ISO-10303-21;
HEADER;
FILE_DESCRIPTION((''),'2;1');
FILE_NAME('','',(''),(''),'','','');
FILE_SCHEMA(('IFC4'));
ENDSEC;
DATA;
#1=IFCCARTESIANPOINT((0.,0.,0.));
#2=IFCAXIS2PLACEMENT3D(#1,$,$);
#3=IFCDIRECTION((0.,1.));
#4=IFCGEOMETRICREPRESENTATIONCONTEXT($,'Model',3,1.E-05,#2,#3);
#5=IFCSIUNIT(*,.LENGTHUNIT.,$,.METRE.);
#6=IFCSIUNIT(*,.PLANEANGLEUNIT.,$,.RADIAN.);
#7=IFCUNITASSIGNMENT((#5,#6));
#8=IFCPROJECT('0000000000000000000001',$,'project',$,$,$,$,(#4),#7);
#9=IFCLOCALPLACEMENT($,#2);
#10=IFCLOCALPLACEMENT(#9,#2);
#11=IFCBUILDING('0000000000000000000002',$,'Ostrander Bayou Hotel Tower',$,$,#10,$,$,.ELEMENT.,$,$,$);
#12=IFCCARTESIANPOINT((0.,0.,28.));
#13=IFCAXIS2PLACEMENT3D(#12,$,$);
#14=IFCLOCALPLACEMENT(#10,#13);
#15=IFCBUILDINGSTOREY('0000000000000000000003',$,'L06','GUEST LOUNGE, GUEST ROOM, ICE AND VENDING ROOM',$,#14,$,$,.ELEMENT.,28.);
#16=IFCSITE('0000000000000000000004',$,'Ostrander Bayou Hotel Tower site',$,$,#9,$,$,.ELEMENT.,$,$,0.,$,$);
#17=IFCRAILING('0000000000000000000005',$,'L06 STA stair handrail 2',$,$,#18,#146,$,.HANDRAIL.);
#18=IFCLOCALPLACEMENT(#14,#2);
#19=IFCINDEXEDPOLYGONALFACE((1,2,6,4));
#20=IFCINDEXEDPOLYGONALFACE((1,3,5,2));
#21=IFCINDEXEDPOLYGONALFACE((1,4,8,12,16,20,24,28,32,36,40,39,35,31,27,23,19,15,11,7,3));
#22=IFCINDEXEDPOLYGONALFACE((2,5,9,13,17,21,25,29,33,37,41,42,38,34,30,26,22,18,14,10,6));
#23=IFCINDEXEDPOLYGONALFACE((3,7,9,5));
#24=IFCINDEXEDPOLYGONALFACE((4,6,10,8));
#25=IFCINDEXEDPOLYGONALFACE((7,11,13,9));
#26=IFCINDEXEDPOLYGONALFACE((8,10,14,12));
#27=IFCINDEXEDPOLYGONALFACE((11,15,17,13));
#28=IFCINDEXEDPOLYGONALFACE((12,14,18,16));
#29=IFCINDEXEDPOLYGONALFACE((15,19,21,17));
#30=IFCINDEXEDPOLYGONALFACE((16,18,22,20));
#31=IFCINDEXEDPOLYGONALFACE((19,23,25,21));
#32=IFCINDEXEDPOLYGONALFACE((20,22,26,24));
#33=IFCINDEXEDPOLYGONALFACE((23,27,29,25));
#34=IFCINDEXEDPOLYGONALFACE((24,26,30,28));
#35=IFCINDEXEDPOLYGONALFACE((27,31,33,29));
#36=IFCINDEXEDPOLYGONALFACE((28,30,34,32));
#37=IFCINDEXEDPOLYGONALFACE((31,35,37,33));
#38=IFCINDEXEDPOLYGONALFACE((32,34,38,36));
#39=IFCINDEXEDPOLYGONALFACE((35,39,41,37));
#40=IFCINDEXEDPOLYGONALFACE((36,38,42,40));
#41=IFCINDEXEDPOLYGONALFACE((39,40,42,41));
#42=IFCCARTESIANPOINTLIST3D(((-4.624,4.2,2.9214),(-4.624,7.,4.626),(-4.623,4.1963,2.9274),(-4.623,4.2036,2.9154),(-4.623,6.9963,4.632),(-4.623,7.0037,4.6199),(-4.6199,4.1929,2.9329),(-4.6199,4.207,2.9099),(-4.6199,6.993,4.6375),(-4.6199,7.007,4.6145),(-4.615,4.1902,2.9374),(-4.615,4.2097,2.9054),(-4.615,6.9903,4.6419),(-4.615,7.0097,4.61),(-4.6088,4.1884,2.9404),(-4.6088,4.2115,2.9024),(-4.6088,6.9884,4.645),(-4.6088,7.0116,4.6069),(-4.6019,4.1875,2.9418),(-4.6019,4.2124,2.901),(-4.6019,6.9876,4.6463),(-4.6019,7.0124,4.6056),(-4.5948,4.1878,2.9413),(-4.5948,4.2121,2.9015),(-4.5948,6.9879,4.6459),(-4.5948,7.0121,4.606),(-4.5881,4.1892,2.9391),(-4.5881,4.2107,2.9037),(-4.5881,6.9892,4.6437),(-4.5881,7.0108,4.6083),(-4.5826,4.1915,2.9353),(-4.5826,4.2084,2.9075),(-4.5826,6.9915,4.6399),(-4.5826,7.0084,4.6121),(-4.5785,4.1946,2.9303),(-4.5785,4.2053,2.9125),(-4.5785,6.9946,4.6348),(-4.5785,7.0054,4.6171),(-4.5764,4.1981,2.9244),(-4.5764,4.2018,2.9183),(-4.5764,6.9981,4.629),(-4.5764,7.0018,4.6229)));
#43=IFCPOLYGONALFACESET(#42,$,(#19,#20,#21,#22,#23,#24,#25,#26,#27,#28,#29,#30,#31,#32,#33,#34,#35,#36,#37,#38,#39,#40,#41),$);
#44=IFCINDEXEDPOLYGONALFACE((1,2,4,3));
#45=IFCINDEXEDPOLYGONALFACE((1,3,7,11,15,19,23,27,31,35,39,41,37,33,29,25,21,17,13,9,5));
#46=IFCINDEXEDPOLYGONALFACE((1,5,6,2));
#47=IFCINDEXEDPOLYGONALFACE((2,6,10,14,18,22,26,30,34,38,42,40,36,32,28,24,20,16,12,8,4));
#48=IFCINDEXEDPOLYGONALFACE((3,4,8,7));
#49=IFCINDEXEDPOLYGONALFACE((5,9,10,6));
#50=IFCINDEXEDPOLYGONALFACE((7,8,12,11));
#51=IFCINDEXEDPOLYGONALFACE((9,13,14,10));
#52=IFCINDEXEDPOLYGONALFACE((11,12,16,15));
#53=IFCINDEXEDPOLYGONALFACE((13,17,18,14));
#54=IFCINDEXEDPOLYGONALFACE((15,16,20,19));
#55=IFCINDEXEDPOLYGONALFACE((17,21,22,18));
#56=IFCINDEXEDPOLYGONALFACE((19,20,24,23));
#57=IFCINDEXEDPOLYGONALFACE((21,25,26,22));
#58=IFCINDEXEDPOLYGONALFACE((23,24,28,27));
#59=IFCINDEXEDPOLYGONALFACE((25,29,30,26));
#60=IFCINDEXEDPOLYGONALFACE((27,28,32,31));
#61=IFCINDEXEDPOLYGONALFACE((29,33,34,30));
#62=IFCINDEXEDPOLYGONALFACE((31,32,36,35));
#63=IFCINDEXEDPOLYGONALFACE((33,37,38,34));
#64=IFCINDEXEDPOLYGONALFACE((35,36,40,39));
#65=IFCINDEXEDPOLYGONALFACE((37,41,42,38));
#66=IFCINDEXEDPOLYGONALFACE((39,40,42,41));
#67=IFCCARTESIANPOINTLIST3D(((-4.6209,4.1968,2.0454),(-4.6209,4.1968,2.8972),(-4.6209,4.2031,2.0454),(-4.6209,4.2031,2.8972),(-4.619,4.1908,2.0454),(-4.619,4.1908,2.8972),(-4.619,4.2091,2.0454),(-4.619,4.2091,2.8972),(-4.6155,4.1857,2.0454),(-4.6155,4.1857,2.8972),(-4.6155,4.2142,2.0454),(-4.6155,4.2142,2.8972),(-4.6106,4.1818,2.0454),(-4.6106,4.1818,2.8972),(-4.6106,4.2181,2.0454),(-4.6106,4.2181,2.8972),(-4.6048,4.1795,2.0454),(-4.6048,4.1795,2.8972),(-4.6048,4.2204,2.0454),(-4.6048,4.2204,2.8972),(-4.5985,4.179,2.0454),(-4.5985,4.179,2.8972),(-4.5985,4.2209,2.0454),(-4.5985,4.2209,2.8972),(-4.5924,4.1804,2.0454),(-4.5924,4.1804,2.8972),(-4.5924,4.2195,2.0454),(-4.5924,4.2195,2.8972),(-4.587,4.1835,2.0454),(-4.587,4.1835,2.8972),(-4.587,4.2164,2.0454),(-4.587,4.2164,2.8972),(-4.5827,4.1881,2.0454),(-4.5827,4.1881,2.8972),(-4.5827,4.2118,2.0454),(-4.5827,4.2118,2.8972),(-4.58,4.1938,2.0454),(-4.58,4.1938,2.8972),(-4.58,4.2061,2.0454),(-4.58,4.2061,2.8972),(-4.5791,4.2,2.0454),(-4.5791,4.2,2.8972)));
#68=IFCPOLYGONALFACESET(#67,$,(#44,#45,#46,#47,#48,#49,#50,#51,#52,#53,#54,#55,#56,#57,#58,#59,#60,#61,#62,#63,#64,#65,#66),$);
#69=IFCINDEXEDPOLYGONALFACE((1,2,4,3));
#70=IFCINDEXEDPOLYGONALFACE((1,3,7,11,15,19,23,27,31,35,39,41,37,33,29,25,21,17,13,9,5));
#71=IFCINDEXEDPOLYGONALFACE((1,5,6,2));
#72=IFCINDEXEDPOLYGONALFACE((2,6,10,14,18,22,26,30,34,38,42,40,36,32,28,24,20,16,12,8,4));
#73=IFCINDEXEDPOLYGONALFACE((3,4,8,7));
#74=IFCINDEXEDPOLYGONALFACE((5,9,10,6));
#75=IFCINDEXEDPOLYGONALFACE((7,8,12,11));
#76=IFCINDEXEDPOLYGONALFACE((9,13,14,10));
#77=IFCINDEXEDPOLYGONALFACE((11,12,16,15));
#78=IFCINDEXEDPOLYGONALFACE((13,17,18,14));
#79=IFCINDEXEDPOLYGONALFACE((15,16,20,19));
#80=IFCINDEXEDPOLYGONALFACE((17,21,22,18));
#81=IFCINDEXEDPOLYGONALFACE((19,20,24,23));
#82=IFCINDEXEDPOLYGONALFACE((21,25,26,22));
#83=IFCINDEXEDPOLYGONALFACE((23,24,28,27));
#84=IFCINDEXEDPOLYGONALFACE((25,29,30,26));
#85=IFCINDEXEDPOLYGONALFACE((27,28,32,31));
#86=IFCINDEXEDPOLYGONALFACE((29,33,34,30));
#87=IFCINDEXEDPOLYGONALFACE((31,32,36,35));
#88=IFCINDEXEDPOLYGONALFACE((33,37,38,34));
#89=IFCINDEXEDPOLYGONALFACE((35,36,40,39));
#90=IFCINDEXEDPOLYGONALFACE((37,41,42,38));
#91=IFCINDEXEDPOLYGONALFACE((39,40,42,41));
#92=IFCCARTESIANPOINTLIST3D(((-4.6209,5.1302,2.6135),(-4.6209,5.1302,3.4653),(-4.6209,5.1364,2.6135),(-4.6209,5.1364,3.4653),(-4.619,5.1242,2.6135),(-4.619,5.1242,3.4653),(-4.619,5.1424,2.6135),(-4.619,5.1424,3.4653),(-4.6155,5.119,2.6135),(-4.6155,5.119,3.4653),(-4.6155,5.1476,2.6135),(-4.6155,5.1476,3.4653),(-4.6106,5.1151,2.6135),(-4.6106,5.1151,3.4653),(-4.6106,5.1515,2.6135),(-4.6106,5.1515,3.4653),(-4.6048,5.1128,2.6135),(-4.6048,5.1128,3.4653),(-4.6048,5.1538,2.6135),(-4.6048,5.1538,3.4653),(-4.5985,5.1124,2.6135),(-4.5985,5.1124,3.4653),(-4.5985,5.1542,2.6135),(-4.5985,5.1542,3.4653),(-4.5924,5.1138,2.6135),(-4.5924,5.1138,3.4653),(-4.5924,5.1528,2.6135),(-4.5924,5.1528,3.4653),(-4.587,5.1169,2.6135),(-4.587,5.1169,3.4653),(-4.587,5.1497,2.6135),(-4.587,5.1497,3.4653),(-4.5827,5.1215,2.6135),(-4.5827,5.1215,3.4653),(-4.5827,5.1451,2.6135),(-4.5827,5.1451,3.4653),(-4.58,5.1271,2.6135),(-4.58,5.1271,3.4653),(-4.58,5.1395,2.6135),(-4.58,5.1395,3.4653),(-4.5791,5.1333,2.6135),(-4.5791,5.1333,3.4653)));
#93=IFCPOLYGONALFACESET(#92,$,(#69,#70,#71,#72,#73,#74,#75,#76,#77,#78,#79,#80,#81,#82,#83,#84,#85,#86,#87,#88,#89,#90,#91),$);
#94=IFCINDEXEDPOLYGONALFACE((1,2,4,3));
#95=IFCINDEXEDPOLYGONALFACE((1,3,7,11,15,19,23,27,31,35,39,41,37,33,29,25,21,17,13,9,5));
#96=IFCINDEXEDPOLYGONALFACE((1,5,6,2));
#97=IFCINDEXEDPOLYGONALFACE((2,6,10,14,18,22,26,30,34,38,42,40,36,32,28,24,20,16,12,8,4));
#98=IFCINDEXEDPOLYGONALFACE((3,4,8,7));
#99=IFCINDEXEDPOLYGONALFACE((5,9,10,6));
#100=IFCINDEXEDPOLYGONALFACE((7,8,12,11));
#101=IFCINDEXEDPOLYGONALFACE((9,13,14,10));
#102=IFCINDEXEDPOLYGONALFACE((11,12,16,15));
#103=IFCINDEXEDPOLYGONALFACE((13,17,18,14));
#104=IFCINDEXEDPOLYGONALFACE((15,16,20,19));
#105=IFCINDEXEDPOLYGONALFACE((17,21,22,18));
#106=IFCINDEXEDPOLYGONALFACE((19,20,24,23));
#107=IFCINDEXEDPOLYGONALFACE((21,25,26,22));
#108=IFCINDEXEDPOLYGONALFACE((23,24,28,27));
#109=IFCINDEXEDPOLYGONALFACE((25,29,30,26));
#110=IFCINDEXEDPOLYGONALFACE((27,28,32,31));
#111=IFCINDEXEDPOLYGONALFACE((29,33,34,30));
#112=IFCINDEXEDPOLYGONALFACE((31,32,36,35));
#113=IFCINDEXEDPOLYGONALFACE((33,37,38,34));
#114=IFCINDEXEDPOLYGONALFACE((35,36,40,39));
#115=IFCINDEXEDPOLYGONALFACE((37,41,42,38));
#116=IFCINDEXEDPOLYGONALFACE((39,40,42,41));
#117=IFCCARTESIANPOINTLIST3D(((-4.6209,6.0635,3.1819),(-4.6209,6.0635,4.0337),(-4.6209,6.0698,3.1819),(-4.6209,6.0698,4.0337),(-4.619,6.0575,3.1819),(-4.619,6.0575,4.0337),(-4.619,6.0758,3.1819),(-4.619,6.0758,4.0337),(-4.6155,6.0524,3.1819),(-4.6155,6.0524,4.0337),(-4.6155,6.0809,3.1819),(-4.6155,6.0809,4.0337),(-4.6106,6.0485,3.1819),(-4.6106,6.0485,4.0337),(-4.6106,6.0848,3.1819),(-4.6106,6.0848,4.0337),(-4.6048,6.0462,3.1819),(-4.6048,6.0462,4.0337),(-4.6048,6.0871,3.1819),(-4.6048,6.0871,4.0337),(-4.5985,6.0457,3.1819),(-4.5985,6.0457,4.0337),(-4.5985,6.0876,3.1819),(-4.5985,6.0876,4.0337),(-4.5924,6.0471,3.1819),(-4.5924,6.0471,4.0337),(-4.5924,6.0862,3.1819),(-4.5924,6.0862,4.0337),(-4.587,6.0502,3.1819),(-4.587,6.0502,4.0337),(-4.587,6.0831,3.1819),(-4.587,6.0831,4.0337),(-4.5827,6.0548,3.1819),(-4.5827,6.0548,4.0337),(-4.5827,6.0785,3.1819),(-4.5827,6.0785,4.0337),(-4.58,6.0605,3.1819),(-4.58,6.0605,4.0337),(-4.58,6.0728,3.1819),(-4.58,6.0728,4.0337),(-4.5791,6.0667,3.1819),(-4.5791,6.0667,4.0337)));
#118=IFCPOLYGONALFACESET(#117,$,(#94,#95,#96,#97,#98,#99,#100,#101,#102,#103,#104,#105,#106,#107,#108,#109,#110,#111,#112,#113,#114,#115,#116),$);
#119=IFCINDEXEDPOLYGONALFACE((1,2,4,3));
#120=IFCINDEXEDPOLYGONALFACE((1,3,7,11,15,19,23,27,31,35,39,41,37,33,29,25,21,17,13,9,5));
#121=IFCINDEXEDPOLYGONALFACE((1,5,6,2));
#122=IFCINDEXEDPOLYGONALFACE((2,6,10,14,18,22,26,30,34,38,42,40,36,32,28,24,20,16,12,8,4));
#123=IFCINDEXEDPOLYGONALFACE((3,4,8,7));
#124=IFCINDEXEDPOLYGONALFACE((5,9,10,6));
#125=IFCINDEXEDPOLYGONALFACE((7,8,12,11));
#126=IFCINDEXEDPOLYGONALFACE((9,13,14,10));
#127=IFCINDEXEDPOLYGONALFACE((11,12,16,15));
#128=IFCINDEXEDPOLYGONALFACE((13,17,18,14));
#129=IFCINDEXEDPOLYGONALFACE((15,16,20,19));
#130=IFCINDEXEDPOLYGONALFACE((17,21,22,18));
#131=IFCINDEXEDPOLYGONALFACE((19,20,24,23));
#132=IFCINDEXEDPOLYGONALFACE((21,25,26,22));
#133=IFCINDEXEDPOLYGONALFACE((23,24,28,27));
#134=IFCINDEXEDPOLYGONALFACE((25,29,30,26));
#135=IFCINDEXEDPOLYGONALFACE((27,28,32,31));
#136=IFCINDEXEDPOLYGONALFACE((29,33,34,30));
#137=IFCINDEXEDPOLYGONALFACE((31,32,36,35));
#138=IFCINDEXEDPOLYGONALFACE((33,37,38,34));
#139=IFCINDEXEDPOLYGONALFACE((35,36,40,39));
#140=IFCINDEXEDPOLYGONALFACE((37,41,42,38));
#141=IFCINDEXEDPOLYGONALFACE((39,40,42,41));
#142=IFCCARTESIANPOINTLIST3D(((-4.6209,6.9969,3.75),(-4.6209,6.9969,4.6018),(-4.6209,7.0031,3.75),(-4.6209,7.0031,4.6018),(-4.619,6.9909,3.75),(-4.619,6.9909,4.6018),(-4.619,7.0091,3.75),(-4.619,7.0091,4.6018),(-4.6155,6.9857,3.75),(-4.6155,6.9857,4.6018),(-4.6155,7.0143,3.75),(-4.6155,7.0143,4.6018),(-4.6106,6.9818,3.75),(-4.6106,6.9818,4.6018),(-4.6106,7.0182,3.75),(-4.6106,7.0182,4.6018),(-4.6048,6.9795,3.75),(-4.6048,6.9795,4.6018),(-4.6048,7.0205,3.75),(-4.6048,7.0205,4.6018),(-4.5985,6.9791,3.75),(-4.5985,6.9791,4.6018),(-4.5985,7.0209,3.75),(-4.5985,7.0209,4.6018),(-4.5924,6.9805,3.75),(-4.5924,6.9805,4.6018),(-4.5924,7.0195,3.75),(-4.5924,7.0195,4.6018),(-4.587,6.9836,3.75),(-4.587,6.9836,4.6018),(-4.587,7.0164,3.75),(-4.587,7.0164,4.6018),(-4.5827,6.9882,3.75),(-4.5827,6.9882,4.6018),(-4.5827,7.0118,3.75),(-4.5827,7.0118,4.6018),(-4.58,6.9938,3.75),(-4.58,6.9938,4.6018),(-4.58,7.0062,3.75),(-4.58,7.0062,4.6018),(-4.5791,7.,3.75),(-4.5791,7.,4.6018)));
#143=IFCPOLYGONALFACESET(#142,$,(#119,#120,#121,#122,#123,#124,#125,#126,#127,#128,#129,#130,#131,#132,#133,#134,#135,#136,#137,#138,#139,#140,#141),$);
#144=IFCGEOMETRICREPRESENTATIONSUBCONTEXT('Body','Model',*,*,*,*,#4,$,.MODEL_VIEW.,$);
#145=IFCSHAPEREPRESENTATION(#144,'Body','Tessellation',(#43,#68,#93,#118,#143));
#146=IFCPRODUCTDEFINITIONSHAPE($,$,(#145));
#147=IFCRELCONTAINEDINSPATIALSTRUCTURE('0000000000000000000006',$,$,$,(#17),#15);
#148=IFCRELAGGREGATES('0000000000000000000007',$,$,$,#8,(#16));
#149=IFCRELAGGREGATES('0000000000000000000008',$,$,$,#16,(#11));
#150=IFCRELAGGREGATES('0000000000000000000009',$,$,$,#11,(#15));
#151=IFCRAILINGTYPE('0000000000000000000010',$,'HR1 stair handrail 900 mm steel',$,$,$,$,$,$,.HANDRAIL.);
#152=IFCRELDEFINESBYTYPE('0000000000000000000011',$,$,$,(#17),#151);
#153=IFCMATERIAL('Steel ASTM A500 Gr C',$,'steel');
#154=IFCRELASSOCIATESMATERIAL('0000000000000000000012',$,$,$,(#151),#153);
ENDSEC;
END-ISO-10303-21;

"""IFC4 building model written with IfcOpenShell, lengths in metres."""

from ifc_helpers import new_model, si_unit, direction, frame, origin, origin_2d, place, context, subcontext, project, spatial, circle, extrude, material, type_object, element, save


model = new_model("IFC4")

# Units and contexts
model_context = context("Model", 3, precision=1e-05, world=origin(), true_north=direction((0.0, 1.0)))
body_context = subcontext(model_context, "Body", "Model", "MODEL_VIEW")
ifc_project = project(units=[si_unit("LENGTHUNIT", "METRE"), si_unit("PLANEANGLEUNIT", "RADIAN")], contexts=[model_context])

# Site, building, storey
site_placement = place(None, origin())
site = spatial("IfcSite", under=ifc_project, at=site_placement, Name="Ostrander Bayou Hotel Tower site", CompositionType="ELEMENT", RefElevation=0.0)
building_placement = place(site_placement, origin())
building = spatial("IfcBuilding", under=site, at=building_placement, Name="Ostrander Bayou Hotel Tower", CompositionType="ELEMENT")
storey_placement = place(building_placement, frame((0.0, 0.0, 28.0)))
storey = spatial("IfcBuildingStorey", under=building, at=storey_placement, Name="L06", Description="GUEST LOUNGE, GUEST ROOM, ICE AND VENDING ROOM", CompositionType="ELEMENT", Elevation=28.0)

# Railing
ifc_material_1 = material(Name="Steel ASTM A500 Gr C", Category="steel")
railing_type_1 = type_object("IfcRailingType", Name="HR1 stair handrail 900 mm steel", PredefinedType="HANDRAIL", material=ifc_material_1)
railing_1_placement = place(storey_placement, frame((-4.6001, 4.2, 2.0454)))
element("IfcRailing", 1, at=railing_1_placement, inside=storey, type_object=railing_type_1, Name="L06 STA stair handrail 2", PredefinedType="HANDRAIL", context=body_context, shape_type="SweptSolid", body=[
    extrude(circle(Radius=0.0239, at=origin_2d()), frame((0.0, 0.0, 0.876), z_axis=(0.0, 0.85417, 0.519994), x_axis=(-1.0, 0.0, 0.0)), (0.0, 0.0, 1.0), 3.2781),
    extrude(circle(Radius=0.021, at=origin_2d()), origin(), (0.0, 0.0, 1.0), 0.8518),
    extrude(circle(Radius=0.021, at=origin_2d()), frame((0.0, 0.9333, 0.5681)), (0.0, 0.0, 1.0), 0.8518),
    extrude(circle(Radius=0.021, at=origin_2d()), frame((0.0, 1.8667, 1.1365)), (0.0, 0.0, 1.0), 0.8518),
    extrude(circle(Radius=0.021, at=origin_2d()), frame((0.0, 2.8, 1.7046)), (0.0, 0.0, 1.0), 0.8518),
])

save(model, "model.ifc")
